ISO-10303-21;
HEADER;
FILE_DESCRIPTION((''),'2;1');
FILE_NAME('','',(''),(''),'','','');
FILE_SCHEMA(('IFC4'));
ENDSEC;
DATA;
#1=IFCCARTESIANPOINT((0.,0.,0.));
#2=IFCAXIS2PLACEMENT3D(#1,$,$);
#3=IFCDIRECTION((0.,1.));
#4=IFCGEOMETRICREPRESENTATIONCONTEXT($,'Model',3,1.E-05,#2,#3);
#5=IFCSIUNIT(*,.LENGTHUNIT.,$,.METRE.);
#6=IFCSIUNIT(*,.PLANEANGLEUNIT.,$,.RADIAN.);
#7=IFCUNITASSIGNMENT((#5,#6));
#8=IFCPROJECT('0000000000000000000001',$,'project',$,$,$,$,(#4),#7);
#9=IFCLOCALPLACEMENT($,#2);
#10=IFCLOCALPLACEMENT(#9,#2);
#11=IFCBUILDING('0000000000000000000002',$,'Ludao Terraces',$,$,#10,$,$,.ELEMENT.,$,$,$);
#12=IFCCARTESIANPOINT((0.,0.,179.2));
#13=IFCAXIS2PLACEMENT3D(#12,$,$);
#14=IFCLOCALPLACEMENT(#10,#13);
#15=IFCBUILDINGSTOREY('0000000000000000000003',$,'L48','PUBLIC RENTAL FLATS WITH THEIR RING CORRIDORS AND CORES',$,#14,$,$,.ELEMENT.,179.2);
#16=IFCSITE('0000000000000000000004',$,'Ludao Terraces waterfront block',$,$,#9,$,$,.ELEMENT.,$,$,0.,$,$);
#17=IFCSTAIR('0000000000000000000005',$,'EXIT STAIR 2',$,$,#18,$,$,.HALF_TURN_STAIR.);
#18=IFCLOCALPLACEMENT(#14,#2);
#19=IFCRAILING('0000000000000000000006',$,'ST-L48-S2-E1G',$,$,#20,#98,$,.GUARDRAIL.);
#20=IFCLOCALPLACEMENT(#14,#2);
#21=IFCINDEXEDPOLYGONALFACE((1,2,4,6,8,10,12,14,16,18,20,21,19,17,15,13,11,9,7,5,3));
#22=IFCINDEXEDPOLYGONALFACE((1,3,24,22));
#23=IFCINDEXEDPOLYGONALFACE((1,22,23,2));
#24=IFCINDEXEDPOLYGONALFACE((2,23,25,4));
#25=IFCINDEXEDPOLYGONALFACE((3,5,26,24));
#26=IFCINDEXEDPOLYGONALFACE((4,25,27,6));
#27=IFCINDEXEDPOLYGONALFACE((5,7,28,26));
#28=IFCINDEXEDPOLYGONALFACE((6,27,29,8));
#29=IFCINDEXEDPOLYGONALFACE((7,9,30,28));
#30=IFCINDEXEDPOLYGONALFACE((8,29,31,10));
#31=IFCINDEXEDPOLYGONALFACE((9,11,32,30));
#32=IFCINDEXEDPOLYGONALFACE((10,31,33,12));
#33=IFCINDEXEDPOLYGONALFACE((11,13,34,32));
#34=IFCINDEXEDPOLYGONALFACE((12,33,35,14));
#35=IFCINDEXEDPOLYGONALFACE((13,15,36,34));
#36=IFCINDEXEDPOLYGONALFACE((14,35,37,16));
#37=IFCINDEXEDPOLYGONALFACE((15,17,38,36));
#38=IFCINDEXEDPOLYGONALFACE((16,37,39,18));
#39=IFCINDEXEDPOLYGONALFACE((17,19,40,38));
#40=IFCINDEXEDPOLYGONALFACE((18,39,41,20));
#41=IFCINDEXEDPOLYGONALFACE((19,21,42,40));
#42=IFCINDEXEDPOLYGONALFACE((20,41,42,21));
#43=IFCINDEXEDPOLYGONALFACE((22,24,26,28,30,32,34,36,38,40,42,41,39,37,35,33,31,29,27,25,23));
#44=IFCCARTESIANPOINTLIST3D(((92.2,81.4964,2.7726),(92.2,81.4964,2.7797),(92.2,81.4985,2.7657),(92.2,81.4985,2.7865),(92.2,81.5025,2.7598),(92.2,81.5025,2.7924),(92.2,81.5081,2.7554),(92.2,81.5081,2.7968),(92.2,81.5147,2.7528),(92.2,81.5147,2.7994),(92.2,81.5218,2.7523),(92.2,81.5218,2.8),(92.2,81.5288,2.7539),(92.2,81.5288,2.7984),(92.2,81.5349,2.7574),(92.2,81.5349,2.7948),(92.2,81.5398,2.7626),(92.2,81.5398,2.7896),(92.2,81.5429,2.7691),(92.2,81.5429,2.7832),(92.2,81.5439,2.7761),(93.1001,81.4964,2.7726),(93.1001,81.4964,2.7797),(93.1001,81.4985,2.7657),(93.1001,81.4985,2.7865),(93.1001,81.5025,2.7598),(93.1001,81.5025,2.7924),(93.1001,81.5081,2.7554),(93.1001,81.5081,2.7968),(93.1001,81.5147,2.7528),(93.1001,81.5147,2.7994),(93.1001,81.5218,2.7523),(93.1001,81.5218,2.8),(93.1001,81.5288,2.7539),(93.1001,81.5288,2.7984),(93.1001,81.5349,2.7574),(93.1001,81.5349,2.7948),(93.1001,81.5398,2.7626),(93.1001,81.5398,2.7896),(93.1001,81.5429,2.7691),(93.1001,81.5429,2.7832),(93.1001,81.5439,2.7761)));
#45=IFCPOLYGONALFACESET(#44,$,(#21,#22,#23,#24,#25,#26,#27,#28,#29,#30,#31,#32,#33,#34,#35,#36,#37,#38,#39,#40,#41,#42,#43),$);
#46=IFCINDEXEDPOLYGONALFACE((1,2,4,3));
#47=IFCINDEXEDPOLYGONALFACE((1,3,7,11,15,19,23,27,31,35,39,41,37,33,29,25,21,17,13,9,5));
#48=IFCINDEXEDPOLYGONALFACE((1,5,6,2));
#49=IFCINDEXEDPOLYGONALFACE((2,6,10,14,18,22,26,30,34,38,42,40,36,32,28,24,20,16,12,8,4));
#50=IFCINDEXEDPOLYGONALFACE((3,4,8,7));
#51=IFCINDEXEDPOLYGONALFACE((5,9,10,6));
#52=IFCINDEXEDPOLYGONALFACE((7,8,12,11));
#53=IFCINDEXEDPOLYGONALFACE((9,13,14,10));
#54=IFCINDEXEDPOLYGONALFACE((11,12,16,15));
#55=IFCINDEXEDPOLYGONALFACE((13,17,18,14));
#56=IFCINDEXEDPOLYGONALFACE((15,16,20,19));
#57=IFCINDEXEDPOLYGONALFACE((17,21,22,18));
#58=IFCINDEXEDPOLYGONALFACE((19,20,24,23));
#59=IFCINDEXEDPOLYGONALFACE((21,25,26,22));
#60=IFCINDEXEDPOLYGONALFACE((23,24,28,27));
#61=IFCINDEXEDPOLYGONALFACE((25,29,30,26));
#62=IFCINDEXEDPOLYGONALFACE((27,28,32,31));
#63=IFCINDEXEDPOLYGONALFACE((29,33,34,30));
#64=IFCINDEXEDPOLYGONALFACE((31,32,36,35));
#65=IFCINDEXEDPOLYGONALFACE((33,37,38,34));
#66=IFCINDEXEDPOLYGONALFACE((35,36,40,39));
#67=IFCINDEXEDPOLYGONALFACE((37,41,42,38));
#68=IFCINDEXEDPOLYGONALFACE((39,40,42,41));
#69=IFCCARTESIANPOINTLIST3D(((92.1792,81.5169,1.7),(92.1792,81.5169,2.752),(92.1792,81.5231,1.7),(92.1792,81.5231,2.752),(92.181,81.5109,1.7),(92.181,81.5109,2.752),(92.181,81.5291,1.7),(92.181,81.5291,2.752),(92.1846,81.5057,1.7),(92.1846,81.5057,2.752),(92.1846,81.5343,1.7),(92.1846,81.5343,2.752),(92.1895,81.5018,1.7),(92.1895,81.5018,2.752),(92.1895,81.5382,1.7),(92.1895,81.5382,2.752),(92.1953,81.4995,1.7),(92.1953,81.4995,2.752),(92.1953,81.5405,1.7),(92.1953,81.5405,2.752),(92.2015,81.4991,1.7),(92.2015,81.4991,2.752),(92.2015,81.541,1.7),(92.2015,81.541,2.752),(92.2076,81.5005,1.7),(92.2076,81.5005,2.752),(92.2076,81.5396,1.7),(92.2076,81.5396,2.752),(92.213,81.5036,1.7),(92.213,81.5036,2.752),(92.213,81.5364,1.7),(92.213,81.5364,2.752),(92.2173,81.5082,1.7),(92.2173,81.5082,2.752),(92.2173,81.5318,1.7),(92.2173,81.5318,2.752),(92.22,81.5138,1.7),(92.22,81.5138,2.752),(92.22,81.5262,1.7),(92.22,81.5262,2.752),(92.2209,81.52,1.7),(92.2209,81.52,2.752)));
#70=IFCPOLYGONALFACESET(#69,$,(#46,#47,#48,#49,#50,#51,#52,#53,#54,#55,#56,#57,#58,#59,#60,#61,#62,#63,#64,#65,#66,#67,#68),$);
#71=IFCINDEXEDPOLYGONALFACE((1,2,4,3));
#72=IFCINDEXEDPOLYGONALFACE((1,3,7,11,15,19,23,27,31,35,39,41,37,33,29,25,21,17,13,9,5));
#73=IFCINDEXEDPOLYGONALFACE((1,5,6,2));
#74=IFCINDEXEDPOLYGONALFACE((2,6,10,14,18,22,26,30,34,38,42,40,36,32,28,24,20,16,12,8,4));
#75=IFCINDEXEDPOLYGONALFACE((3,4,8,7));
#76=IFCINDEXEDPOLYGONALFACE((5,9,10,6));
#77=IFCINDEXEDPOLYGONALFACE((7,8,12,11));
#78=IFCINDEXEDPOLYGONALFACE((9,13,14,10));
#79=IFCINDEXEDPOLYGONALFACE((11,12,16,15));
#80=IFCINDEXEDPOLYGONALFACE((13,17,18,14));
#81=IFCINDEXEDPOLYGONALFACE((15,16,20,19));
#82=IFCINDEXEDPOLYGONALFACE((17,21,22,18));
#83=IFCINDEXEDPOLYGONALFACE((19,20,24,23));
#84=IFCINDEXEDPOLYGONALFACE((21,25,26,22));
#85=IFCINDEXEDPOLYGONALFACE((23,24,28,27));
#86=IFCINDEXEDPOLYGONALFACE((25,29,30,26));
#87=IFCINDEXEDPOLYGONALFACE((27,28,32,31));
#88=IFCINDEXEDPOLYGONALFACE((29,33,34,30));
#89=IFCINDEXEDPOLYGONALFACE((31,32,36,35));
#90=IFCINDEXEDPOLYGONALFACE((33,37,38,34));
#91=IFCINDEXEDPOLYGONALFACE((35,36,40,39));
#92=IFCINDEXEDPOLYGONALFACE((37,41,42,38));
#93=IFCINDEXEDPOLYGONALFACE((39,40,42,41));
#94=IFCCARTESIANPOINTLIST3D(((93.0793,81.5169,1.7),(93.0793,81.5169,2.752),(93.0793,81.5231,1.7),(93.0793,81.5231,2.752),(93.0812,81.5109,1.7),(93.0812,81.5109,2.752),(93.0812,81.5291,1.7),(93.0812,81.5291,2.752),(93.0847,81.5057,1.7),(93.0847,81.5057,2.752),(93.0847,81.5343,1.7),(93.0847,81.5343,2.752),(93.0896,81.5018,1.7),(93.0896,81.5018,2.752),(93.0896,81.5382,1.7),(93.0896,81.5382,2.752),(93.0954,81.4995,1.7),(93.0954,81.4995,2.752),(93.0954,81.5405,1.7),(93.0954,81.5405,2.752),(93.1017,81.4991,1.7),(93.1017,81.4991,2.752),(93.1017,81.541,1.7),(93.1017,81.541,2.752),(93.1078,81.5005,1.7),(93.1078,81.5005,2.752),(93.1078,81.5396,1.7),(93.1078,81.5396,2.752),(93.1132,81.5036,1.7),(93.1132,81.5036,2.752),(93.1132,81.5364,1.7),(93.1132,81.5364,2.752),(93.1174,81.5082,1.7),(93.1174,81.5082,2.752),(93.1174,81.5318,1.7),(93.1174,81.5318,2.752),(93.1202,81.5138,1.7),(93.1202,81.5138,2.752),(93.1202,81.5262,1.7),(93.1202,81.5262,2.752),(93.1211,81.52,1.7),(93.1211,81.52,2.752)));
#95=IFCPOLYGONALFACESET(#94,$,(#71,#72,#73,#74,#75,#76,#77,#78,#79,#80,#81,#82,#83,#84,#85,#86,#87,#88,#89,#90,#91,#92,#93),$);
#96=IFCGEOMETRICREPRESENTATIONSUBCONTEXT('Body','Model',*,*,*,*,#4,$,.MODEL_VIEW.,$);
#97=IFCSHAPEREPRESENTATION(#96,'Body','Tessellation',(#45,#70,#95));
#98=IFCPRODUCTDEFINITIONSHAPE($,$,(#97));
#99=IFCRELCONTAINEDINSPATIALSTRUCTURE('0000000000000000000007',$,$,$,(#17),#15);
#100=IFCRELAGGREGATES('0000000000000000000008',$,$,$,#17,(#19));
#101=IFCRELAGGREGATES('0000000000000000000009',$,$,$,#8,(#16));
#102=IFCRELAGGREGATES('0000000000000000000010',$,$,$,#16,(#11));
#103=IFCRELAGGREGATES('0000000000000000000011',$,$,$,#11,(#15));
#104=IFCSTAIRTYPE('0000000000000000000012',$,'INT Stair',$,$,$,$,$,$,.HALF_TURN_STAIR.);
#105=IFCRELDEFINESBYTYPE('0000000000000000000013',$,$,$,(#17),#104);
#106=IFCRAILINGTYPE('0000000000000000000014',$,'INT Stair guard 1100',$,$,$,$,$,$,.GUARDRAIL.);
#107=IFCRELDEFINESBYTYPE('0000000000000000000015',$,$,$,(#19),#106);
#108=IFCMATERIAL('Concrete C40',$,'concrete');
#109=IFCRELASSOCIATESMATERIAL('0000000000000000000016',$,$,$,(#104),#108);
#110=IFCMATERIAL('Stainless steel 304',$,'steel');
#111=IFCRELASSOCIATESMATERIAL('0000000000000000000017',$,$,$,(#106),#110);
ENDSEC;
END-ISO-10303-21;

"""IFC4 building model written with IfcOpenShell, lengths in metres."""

from ifc_helpers import new_model, si_unit, direction, frame, origin, origin_2d, place, context, subcontext, project, spatial, circle, extrude, material, type_object, element, aggregate, save


model = new_model("IFC4")

# Units and contexts
model_context = context("Model", 3, precision=1e-05, world=origin(), true_north=direction((0.0, 1.0)))
body_context = subcontext(model_context, "Body", "Model", "MODEL_VIEW")
ifc_project = project(units=[si_unit("LENGTHUNIT", "METRE"), si_unit("PLANEANGLEUNIT", "RADIAN")], contexts=[model_context])

# Site, building, storey
site_placement = place(None, origin())
site = spatial("IfcSite", under=ifc_project, at=site_placement, Name="Ludao Terraces waterfront block", CompositionType="ELEMENT", RefElevation=0.0)
building_placement = place(site_placement, origin())
building = spatial("IfcBuilding", under=site, at=building_placement, Name="Ludao Terraces", CompositionType="ELEMENT")
storey_placement = place(building_placement, frame((0.0, 0.0, 179.2)))
storey = spatial("IfcBuildingStorey", under=building, at=storey_placement, Name="L48", Description="PUBLIC RENTAL FLATS WITH THEIR RING CORRIDORS AND CORES", CompositionType="ELEMENT", Elevation=179.2)

# Shared definitions
ifc_material_1 = material(Name="Stainless steel 304", Category="steel")

# Stair, railing
ifc_material_2 = material(Name="Concrete C40", Category="concrete")
stair_type = type_object("IfcStairType", Name="INT Stair", PredefinedType="HALF_TURN_STAIR", material=ifc_material_2)
stair_placement = place(storey_placement, origin())
stair = element("IfcStair", 1, at=stair_placement, inside=storey, type_object=stair_type, Name="EXIT STAIR 2", PredefinedType="HALF_TURN_STAIR")
railing_type_1 = type_object("IfcRailingType", Name="INT Stair guard 1100", PredefinedType="GUARDRAIL", material=ifc_material_1)
railing_1_placement = place(storey_placement, frame((92.2, 81.52, 1.7)))
railing_1 = element("IfcRailing", 2, at=railing_1_placement, type_object=railing_type_1, Name="ST-L48-S2-E1G", PredefinedType="GUARDRAIL", context=body_context, shape_type="SweptSolid", body=[
    extrude(circle(Radius=0.0239, at=origin_2d()), frame((0.0, 0.0, 1.0762), z_axis=(1.0, 0.0, 0.0), x_axis=(0.0, 1.0, 0.0)), (0.0, 0.0, 1.0), 0.9001),
    extrude(circle(Radius=0.021, at=origin_2d()), origin(), (0.0, 0.0, 1.0), 1.052),
    extrude(circle(Radius=0.021, at=origin_2d()), frame((0.9001, 0.0, 0.0)), (0.0, 0.0, 1.0), 1.052),
])
aggregate(stair, [railing_1])

save(model, "model.ifc")
